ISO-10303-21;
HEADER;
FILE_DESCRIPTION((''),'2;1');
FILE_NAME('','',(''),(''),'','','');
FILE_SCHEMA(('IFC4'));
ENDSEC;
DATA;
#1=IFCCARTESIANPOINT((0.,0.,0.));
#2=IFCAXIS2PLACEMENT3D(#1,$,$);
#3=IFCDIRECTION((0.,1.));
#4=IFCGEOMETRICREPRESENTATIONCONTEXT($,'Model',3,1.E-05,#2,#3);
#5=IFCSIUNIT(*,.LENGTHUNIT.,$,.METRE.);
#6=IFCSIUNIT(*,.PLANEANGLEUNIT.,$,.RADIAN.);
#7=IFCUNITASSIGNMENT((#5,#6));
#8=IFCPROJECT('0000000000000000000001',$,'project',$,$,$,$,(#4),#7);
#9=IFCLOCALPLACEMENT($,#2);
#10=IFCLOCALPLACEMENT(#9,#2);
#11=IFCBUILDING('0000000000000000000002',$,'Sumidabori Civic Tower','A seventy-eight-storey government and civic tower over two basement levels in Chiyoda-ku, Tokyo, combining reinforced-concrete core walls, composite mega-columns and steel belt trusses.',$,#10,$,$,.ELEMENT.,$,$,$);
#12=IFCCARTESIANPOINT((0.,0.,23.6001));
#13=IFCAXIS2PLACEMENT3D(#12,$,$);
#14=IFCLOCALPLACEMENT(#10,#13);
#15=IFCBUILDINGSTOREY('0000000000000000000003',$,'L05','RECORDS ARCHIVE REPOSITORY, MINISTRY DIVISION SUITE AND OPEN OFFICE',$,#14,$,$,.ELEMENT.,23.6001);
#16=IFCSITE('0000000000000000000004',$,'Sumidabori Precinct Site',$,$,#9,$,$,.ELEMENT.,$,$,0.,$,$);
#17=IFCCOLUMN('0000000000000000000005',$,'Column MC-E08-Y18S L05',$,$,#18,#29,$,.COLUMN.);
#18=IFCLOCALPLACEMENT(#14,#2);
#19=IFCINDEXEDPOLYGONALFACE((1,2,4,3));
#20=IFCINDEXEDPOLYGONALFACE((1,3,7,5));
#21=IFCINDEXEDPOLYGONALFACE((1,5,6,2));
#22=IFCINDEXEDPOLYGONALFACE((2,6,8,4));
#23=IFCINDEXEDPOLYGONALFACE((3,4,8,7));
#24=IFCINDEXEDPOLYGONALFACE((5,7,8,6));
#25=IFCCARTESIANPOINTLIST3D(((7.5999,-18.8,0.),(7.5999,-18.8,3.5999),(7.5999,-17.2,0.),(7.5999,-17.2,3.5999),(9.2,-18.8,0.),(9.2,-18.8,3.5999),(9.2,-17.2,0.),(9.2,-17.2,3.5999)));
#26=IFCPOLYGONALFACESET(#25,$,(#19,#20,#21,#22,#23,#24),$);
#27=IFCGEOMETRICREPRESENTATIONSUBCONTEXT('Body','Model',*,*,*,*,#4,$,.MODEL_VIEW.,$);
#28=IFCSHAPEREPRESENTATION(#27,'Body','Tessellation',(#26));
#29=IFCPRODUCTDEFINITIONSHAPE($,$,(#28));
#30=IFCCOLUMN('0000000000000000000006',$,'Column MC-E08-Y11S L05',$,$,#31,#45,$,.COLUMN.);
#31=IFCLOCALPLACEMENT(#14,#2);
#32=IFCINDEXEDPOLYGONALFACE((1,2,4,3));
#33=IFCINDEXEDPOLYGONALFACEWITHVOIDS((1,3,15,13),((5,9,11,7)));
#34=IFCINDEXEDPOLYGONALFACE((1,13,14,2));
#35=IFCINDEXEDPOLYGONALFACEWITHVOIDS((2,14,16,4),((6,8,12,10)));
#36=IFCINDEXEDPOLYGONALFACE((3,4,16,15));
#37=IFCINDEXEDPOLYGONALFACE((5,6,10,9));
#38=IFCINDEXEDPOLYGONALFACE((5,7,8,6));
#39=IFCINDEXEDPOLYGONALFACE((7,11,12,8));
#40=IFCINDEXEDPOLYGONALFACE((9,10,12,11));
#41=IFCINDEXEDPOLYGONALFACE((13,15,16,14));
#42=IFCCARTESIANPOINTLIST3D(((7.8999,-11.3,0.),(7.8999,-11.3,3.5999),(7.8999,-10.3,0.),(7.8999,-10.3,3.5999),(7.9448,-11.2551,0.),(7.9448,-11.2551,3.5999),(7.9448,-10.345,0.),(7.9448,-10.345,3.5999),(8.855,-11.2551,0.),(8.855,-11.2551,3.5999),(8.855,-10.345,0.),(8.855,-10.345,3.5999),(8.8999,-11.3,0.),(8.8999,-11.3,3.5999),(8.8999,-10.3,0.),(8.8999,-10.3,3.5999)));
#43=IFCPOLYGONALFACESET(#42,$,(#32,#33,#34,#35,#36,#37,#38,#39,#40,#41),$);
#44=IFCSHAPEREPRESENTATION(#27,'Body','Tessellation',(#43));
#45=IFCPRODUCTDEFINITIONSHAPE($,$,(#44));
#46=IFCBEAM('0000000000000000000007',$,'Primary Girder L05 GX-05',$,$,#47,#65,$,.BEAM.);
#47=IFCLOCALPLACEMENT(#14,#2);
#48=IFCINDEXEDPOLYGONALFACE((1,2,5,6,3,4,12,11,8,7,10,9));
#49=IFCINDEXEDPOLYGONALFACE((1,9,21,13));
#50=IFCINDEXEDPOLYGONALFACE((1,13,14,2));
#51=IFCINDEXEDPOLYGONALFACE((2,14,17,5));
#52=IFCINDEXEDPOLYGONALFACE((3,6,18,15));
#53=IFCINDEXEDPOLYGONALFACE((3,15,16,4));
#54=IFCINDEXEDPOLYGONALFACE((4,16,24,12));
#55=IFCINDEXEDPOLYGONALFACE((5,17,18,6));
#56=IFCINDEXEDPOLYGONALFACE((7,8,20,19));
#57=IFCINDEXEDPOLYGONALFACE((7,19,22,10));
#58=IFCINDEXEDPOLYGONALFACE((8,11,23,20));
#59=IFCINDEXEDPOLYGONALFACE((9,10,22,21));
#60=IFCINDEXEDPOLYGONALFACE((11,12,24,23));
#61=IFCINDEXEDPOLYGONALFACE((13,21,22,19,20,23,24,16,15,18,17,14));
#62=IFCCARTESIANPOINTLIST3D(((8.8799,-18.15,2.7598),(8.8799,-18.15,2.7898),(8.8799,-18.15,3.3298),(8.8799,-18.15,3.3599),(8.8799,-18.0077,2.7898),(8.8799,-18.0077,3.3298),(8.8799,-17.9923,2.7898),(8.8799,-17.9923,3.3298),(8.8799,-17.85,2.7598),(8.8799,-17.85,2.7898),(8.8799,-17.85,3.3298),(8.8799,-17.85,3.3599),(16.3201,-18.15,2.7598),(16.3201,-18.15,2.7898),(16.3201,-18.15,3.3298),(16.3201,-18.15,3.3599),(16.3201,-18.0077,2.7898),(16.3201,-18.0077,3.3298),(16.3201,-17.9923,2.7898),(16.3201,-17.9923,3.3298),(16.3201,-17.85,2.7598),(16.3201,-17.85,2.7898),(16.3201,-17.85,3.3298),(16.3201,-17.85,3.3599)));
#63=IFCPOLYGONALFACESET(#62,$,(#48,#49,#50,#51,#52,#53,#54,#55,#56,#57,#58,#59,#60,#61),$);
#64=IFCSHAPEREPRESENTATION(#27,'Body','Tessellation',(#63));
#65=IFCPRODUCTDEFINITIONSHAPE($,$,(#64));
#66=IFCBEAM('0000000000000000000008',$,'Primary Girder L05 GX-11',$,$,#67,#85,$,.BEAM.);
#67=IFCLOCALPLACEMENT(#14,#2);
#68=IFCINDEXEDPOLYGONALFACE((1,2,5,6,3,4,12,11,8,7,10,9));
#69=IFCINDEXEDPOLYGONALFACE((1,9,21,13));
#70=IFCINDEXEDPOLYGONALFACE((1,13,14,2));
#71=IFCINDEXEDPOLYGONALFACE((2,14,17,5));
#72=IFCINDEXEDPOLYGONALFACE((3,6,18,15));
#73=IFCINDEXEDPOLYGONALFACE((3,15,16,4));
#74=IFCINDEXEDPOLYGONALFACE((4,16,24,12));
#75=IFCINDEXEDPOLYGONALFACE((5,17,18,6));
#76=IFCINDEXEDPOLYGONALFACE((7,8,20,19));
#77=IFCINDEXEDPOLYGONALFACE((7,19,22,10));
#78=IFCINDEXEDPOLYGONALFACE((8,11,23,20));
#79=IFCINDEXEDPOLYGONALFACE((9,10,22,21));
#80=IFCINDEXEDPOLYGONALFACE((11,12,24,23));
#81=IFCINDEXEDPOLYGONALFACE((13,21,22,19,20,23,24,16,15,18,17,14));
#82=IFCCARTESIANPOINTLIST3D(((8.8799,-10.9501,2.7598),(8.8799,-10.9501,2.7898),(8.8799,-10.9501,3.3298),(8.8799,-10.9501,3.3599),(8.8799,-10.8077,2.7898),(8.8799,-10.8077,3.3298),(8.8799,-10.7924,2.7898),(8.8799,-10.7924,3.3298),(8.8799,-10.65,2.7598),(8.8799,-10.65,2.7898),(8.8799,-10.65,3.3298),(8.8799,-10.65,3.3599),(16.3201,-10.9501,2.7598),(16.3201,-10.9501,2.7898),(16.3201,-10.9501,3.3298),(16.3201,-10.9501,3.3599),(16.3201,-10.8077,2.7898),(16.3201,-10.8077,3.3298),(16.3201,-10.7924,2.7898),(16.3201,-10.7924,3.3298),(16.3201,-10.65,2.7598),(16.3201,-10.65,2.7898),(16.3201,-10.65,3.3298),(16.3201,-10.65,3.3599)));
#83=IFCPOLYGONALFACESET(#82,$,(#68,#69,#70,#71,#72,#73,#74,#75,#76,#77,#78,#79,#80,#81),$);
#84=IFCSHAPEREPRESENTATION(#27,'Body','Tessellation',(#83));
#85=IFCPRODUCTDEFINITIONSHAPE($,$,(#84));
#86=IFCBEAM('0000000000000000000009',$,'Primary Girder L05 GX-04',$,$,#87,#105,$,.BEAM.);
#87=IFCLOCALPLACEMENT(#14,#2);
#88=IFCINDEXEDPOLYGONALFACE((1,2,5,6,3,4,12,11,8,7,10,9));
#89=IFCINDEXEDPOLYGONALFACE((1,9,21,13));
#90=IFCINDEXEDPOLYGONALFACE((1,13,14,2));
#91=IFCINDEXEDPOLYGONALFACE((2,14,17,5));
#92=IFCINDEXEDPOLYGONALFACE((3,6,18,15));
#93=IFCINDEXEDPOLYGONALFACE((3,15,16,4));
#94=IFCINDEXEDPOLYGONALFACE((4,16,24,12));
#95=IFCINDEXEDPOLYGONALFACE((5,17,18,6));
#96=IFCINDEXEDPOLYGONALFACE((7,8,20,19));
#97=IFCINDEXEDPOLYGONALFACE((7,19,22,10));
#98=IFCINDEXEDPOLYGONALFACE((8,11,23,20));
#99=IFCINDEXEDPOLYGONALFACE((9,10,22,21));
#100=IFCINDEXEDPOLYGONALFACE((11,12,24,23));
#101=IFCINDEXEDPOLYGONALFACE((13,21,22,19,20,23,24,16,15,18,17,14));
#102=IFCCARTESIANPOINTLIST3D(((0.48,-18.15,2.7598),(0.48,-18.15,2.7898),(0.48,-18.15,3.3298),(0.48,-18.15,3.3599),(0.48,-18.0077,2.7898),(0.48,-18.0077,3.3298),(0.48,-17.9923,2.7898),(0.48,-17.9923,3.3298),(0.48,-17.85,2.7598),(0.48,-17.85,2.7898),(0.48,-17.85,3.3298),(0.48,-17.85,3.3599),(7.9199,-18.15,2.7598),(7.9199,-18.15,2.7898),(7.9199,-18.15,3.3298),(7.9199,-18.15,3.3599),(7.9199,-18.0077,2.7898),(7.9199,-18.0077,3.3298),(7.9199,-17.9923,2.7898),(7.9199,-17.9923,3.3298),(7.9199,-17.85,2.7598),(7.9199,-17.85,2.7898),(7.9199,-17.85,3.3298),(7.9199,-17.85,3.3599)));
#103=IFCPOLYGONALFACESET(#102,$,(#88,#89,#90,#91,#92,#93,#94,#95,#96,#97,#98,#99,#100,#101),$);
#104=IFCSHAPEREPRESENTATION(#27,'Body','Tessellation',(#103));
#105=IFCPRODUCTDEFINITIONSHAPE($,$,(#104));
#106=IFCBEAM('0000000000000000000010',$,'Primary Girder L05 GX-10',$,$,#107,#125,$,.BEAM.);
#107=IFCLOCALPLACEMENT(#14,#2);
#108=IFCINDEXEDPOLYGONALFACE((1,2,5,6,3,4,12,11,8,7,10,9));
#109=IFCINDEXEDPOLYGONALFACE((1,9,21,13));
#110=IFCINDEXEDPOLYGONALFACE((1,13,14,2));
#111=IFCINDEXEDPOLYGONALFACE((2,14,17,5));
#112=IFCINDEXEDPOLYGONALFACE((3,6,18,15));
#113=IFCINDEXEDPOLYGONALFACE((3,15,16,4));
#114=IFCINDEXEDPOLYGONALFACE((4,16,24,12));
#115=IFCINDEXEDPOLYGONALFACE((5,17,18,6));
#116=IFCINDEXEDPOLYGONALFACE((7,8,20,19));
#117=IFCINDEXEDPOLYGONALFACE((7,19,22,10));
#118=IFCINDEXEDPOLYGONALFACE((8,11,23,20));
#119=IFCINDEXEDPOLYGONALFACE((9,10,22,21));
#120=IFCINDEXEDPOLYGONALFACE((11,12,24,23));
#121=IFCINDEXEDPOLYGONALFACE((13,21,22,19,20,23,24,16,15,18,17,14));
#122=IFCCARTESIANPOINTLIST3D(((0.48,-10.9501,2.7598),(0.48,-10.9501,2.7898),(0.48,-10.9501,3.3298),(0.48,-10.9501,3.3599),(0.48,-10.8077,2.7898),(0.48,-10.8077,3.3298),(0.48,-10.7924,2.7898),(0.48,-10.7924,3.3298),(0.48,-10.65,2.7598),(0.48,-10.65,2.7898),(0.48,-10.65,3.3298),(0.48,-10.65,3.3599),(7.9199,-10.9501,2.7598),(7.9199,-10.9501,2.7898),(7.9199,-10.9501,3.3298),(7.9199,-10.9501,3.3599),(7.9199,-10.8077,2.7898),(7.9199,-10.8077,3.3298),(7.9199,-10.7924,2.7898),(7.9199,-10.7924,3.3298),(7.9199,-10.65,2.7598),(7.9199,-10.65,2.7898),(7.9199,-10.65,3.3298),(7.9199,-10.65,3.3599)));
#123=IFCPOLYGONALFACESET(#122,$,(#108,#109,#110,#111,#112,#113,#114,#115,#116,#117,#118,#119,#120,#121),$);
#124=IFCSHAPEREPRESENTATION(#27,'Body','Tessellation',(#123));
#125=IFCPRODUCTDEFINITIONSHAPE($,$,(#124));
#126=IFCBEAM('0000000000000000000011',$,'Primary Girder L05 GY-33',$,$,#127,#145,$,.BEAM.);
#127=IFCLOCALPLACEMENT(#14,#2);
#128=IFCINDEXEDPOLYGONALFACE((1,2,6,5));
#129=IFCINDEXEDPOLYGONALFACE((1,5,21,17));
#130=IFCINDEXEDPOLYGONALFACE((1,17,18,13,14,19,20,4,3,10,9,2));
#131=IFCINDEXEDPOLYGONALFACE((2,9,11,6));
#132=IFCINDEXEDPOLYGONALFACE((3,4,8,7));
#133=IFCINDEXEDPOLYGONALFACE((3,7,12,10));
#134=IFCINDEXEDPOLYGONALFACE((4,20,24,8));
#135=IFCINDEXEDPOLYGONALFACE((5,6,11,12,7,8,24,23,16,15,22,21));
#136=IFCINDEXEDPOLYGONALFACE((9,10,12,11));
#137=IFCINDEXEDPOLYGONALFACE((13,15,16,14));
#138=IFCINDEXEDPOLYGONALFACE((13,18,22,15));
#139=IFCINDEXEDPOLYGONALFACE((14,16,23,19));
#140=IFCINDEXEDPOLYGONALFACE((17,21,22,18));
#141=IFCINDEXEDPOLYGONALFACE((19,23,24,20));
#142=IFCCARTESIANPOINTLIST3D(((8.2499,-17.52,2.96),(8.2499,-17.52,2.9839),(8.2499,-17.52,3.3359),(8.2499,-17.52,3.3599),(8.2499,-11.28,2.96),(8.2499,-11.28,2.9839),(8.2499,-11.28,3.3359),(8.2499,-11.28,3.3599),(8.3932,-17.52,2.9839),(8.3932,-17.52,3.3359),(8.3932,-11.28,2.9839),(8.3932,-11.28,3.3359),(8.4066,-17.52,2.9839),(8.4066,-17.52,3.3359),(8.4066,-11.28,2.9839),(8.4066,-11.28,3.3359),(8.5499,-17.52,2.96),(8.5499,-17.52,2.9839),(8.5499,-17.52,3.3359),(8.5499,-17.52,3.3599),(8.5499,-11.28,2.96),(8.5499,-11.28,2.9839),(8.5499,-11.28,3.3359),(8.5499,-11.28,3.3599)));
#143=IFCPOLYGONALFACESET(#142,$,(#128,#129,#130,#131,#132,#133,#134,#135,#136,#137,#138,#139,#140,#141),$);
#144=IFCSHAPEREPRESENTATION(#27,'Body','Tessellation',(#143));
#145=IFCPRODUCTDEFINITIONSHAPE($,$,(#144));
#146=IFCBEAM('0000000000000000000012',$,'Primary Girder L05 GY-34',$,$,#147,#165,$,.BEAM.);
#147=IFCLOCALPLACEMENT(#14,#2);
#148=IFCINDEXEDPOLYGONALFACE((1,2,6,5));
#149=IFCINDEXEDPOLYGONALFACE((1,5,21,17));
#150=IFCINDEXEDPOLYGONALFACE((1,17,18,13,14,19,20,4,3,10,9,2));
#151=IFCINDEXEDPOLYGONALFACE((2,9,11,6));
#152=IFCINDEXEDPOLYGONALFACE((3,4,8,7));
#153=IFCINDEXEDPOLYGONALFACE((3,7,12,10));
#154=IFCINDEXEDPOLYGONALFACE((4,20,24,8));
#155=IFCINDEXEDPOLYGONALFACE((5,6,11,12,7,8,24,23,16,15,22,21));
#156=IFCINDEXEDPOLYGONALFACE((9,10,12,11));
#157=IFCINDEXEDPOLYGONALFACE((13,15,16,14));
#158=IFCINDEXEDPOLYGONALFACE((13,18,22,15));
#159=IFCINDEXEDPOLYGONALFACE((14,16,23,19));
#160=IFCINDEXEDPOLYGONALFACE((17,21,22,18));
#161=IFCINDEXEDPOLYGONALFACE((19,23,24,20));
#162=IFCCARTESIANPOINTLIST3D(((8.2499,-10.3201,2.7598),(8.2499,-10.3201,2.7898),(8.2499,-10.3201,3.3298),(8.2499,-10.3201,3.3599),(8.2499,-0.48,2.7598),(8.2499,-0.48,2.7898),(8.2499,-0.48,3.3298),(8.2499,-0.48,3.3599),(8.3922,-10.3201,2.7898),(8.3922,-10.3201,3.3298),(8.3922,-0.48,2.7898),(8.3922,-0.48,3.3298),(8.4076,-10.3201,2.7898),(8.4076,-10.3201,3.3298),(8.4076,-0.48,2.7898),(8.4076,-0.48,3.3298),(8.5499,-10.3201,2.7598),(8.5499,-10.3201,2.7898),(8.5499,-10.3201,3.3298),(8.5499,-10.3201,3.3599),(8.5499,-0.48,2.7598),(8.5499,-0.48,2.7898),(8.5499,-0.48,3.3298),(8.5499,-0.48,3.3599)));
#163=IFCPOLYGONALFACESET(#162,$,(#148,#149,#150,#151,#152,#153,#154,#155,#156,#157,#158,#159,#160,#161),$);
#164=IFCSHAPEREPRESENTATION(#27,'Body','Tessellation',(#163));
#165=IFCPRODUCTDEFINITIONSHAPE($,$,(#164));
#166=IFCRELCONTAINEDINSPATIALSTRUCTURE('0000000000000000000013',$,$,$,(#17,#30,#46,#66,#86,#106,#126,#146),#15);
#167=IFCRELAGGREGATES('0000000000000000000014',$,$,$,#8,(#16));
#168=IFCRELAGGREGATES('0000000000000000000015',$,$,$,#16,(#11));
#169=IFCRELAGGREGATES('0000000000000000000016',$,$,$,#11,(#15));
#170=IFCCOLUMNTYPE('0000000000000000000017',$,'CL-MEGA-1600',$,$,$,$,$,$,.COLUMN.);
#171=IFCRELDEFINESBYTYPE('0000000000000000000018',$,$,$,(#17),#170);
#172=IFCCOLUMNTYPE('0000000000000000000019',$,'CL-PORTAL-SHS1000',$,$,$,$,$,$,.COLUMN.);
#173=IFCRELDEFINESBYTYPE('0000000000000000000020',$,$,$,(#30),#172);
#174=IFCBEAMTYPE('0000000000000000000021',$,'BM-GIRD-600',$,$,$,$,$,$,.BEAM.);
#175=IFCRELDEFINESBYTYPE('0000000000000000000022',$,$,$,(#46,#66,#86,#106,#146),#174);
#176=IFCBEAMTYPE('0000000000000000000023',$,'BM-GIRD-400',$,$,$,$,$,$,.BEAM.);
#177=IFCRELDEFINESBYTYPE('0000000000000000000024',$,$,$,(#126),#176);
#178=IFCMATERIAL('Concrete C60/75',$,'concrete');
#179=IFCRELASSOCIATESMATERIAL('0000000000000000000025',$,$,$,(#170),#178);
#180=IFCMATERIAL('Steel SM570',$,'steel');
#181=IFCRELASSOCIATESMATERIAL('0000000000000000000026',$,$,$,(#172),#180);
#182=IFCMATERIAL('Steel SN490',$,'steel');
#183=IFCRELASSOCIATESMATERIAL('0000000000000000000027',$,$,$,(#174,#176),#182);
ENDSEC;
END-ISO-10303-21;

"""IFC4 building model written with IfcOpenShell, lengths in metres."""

from ifc_helpers import new_model, si_unit, direction, frame, origin, origin_2d, place, context, subcontext, project, spatial, rectangle, hollow_rectangle, i_section, extrude, source, transform, mapped, material, material_profile, profile_set, type_object, element, save


model = new_model("IFC4")

# Units and contexts
model_context = context("Model", 3, precision=1e-05, world=origin(), true_north=direction((0.0, 1.0)))
body_context = subcontext(model_context, "Body", "Model", "MODEL_VIEW")
ifc_project = project(units=[si_unit("LENGTHUNIT", "METRE"), si_unit("PLANEANGLEUNIT", "RADIAN")], contexts=[model_context])

# Site, building, storey
site_placement = place(None, origin())
site = spatial("IfcSite", under=ifc_project, at=site_placement, Name="Sumidabori Precinct Site", CompositionType="ELEMENT", RefElevation=0.0)
building_placement = place(site_placement, origin())
building = spatial("IfcBuilding", under=site, at=building_placement, Name="Sumidabori Civic Tower", Description="A seventy-eight-storey government and civic tower over two basement levels in Chiyoda-ku, Tokyo, combining reinforced-concrete core walls, composite mega-columns and steel belt trusses.", CompositionType="ELEMENT")
storey_placement = place(building_placement, frame((0.0, 0.0, 23.6001)))
storey = spatial("IfcBuildingStorey", under=building, at=storey_placement, Name="L05", Description="RECORDS ARCHIVE REPOSITORY, MINISTRY DIVISION SUITE AND OPEN OFFICE", CompositionType="ELEMENT", Elevation=23.6001)

# Columns
ifc_material_1 = material(Name="Concrete C60/75", Category="concrete")
ifc_material_profile_1 = material_profile(ifc_material_1, rectangle(XDim=1.6001, YDim=1.6001, at=origin_2d()), Name="RC 1600x1600")
ifc_profile_set_1 = profile_set([ifc_material_profile_1], Name="Concrete C60/75")
column_type_1 = type_object("IfcColumnType", Name="CL-MEGA-1600", PredefinedType="COLUMN", material=ifc_profile_set_1)
shared_shape_1 = source(origin(), body_context, "Body", "SweptSolid", [
    extrude(rectangle(XDim=1.6001, YDim=1.6001, at=origin_2d()), origin(), (0.0, 0.0, 1.0), 3.5999),
])
column_1_placement = place(storey_placement, frame((8.3999, -18.0, 0.0), z_axis=(0.0, 0.0, 1.0), x_axis=(1.0, 0.0, 0.0)))
element("IfcColumn", 1, at=column_1_placement, inside=storey, type_object=column_type_1, Name="Column MC-E08-Y18S L05", PredefinedType="COLUMN", context=body_context, shape_type="MappedRepresentation", body=[
    mapped(shared_shape_1, transform((0.0, 0.0, 0.0), x_axis=(1.0, 0.0, 0.0), y_axis=(0.0, 1.0, 0.0), z_axis=(0.0, 0.0, 1.0), scale=1.0)),
])
ifc_material_2 = material(Name="Steel SM570", Category="steel")
ifc_material_profile_2 = material_profile(ifc_material_2, hollow_rectangle(XDim=1.0, YDim=1.0, WallThickness=0.0449, at=origin_2d()), Name="SHS 1000x1000x45")
ifc_profile_set_2 = profile_set([ifc_material_profile_2], Name="Steel SM570")
column_type_2 = type_object("IfcColumnType", Name="CL-PORTAL-SHS1000", PredefinedType="COLUMN", material=ifc_profile_set_2)
shared_shape_2 = source(origin(), body_context, "Body", "SweptSolid", [
    extrude(hollow_rectangle(XDim=1.0, YDim=1.0, WallThickness=0.0449, at=origin_2d()), origin(), (0.0, 0.0, 1.0), 3.5999),
])
column_2_placement = place(storey_placement, frame((8.3999, -10.8, 0.0), z_axis=(0.0, 0.0, 1.0), x_axis=(1.0, 0.0, 0.0)))
element("IfcColumn", 2, at=column_2_placement, inside=storey, type_object=column_type_2, Name="Column MC-E08-Y11S L05", PredefinedType="COLUMN", context=body_context, shape_type="MappedRepresentation", body=[
    mapped(shared_shape_2, transform((0.0, 0.0, 0.0), x_axis=(1.0, 0.0, 0.0), y_axis=(0.0, 1.0, 0.0), z_axis=(0.0, 0.0, 1.0), scale=1.0)),
])

# Beams
ifc_material_3 = material(Name="Steel SN490", Category="steel")
ifc_material_profile_3 = material_profile(ifc_material_3, i_section(OverallWidth=0.3, OverallDepth=0.6001, WebThickness=0.0154, FlangeThickness=0.03, at=origin_2d()), Name="HE 600 B")
ifc_profile_set_3 = profile_set([ifc_material_profile_3], Name="Steel SN490")
beam_type_1 = type_object("IfcBeamType", Name="BM-GIRD-600", PredefinedType="BEAM", material=ifc_profile_set_3)
shared_shape_3 = source(origin(), body_context, "Body", "SweptSolid", [
    extrude(i_section(OverallWidth=0.3, OverallDepth=0.6001, WebThickness=0.0154, FlangeThickness=0.03, at=origin_2d()), origin(), (0.0, 0.0, 1.0), 7.4402),
])
for number, where, z_axis, x_axis, name in (
    (3, (8.8799, -18.0, 3.0598), (1.0, 0.0, 0.0), (0.0, 1.0, 0.0), "Primary Girder L05 GX-05"),
    (4, (8.8799, -10.8, 3.0598), (1.0, 0.0, 0.0), (0.0, 1.0, 0.0), "Primary Girder L05 GX-11"),
):
    element("IfcBeam", number, at=place(storey_placement, frame(where, z_axis=z_axis, x_axis=x_axis)), inside=storey, type_object=beam_type_1, Name=name, PredefinedType="BEAM", context=body_context, shape_type="MappedRepresentation", body=[
        mapped(shared_shape_3, transform((0.0, 0.0, 0.0), x_axis=(1.0, 0.0, 0.0), y_axis=(0.0, 1.0, 0.0), z_axis=(0.0, 0.0, 1.0), scale=1.0)),
    ])
shared_shape_4 = source(origin(), body_context, "Body", "SweptSolid", [
    extrude(i_section(OverallWidth=0.3, OverallDepth=0.6001, WebThickness=0.0154, FlangeThickness=0.03, at=origin_2d()), origin(), (0.0, 0.0, 1.0), 7.4399),
])
for number, where, z_axis, x_axis, name in (
    (5, (0.48, -18.0, 3.0598), (1.0, 0.0, 0.0), (0.0, 1.0, 0.0), "Primary Girder L05 GX-04"),
    (6, (0.48, -10.8, 3.0598), (1.0, 0.0, 0.0), (0.0, 1.0, 0.0), "Primary Girder L05 GX-10"),
):
    element("IfcBeam", number, at=place(storey_placement, frame(where, z_axis=z_axis, x_axis=x_axis)), inside=storey, type_object=beam_type_1, Name=name, PredefinedType="BEAM", context=body_context, shape_type="MappedRepresentation", body=[
        mapped(shared_shape_4, transform((0.0, 0.0, 0.0), x_axis=(1.0, 0.0, 0.0), y_axis=(0.0, 1.0, 0.0), z_axis=(0.0, 0.0, 1.0), scale=1.0)),
    ])
ifc_material_profile_4 = material_profile(ifc_material_3, i_section(OverallWidth=0.3, OverallDepth=0.3999, WebThickness=0.0134, FlangeThickness=0.0239, at=origin_2d()), Name="HE 400 B")
ifc_profile_set_4 = profile_set([ifc_material_profile_4], Name="Steel SN490")
beam_type_2 = type_object("IfcBeamType", Name="BM-GIRD-400", PredefinedType="BEAM", material=ifc_profile_set_4)
shared_shape_5 = source(origin(), body_context, "Body", "SweptSolid", [
    extrude(i_section(OverallWidth=0.3, OverallDepth=0.3999, WebThickness=0.0134, FlangeThickness=0.0239, at=origin_2d()), origin(), (0.0, 0.0, 1.0), 6.24),
])
beam_1_placement = place(storey_placement, frame((8.3999, -17.52, 3.1599), z_axis=(0.0, 1.0, 0.0), x_axis=(-1.0, 0.0, 0.0)))
element("IfcBeam", 7, at=beam_1_placement, inside=storey, type_object=beam_type_2, Name="Primary Girder L05 GY-33", PredefinedType="BEAM", context=body_context, shape_type="MappedRepresentation", body=[
    mapped(shared_shape_5, transform((0.0, 0.0, 0.0), x_axis=(1.0, 0.0, 0.0), y_axis=(0.0, 1.0, 0.0), z_axis=(0.0, 0.0, 1.0), scale=1.0)),
])
shared_shape_6 = source(origin(), body_context, "Body", "SweptSolid", [
    extrude(i_section(OverallWidth=0.3, OverallDepth=0.6001, WebThickness=0.0154, FlangeThickness=0.03, at=origin_2d()), origin(), (0.0, 0.0, 1.0), 9.8401),
])
beam_2_placement = place(storey_placement, frame((8.3999, -10.3201, 3.0598), z_axis=(0.0, 1.0, 0.0), x_axis=(-1.0, 0.0, 0.0)))
element("IfcBeam", 8, at=beam_2_placement, inside=storey, type_object=beam_type_1, Name="Primary Girder L05 GY-34", PredefinedType="BEAM", context=body_context, shape_type="MappedRepresentation", body=[
    mapped(shared_shape_6, transform((0.0, 0.0, 0.0), x_axis=(1.0, 0.0, 0.0), y_axis=(0.0, 1.0, 0.0), z_axis=(0.0, 0.0, 1.0), scale=1.0)),
])

save(model, "model.ifc")
